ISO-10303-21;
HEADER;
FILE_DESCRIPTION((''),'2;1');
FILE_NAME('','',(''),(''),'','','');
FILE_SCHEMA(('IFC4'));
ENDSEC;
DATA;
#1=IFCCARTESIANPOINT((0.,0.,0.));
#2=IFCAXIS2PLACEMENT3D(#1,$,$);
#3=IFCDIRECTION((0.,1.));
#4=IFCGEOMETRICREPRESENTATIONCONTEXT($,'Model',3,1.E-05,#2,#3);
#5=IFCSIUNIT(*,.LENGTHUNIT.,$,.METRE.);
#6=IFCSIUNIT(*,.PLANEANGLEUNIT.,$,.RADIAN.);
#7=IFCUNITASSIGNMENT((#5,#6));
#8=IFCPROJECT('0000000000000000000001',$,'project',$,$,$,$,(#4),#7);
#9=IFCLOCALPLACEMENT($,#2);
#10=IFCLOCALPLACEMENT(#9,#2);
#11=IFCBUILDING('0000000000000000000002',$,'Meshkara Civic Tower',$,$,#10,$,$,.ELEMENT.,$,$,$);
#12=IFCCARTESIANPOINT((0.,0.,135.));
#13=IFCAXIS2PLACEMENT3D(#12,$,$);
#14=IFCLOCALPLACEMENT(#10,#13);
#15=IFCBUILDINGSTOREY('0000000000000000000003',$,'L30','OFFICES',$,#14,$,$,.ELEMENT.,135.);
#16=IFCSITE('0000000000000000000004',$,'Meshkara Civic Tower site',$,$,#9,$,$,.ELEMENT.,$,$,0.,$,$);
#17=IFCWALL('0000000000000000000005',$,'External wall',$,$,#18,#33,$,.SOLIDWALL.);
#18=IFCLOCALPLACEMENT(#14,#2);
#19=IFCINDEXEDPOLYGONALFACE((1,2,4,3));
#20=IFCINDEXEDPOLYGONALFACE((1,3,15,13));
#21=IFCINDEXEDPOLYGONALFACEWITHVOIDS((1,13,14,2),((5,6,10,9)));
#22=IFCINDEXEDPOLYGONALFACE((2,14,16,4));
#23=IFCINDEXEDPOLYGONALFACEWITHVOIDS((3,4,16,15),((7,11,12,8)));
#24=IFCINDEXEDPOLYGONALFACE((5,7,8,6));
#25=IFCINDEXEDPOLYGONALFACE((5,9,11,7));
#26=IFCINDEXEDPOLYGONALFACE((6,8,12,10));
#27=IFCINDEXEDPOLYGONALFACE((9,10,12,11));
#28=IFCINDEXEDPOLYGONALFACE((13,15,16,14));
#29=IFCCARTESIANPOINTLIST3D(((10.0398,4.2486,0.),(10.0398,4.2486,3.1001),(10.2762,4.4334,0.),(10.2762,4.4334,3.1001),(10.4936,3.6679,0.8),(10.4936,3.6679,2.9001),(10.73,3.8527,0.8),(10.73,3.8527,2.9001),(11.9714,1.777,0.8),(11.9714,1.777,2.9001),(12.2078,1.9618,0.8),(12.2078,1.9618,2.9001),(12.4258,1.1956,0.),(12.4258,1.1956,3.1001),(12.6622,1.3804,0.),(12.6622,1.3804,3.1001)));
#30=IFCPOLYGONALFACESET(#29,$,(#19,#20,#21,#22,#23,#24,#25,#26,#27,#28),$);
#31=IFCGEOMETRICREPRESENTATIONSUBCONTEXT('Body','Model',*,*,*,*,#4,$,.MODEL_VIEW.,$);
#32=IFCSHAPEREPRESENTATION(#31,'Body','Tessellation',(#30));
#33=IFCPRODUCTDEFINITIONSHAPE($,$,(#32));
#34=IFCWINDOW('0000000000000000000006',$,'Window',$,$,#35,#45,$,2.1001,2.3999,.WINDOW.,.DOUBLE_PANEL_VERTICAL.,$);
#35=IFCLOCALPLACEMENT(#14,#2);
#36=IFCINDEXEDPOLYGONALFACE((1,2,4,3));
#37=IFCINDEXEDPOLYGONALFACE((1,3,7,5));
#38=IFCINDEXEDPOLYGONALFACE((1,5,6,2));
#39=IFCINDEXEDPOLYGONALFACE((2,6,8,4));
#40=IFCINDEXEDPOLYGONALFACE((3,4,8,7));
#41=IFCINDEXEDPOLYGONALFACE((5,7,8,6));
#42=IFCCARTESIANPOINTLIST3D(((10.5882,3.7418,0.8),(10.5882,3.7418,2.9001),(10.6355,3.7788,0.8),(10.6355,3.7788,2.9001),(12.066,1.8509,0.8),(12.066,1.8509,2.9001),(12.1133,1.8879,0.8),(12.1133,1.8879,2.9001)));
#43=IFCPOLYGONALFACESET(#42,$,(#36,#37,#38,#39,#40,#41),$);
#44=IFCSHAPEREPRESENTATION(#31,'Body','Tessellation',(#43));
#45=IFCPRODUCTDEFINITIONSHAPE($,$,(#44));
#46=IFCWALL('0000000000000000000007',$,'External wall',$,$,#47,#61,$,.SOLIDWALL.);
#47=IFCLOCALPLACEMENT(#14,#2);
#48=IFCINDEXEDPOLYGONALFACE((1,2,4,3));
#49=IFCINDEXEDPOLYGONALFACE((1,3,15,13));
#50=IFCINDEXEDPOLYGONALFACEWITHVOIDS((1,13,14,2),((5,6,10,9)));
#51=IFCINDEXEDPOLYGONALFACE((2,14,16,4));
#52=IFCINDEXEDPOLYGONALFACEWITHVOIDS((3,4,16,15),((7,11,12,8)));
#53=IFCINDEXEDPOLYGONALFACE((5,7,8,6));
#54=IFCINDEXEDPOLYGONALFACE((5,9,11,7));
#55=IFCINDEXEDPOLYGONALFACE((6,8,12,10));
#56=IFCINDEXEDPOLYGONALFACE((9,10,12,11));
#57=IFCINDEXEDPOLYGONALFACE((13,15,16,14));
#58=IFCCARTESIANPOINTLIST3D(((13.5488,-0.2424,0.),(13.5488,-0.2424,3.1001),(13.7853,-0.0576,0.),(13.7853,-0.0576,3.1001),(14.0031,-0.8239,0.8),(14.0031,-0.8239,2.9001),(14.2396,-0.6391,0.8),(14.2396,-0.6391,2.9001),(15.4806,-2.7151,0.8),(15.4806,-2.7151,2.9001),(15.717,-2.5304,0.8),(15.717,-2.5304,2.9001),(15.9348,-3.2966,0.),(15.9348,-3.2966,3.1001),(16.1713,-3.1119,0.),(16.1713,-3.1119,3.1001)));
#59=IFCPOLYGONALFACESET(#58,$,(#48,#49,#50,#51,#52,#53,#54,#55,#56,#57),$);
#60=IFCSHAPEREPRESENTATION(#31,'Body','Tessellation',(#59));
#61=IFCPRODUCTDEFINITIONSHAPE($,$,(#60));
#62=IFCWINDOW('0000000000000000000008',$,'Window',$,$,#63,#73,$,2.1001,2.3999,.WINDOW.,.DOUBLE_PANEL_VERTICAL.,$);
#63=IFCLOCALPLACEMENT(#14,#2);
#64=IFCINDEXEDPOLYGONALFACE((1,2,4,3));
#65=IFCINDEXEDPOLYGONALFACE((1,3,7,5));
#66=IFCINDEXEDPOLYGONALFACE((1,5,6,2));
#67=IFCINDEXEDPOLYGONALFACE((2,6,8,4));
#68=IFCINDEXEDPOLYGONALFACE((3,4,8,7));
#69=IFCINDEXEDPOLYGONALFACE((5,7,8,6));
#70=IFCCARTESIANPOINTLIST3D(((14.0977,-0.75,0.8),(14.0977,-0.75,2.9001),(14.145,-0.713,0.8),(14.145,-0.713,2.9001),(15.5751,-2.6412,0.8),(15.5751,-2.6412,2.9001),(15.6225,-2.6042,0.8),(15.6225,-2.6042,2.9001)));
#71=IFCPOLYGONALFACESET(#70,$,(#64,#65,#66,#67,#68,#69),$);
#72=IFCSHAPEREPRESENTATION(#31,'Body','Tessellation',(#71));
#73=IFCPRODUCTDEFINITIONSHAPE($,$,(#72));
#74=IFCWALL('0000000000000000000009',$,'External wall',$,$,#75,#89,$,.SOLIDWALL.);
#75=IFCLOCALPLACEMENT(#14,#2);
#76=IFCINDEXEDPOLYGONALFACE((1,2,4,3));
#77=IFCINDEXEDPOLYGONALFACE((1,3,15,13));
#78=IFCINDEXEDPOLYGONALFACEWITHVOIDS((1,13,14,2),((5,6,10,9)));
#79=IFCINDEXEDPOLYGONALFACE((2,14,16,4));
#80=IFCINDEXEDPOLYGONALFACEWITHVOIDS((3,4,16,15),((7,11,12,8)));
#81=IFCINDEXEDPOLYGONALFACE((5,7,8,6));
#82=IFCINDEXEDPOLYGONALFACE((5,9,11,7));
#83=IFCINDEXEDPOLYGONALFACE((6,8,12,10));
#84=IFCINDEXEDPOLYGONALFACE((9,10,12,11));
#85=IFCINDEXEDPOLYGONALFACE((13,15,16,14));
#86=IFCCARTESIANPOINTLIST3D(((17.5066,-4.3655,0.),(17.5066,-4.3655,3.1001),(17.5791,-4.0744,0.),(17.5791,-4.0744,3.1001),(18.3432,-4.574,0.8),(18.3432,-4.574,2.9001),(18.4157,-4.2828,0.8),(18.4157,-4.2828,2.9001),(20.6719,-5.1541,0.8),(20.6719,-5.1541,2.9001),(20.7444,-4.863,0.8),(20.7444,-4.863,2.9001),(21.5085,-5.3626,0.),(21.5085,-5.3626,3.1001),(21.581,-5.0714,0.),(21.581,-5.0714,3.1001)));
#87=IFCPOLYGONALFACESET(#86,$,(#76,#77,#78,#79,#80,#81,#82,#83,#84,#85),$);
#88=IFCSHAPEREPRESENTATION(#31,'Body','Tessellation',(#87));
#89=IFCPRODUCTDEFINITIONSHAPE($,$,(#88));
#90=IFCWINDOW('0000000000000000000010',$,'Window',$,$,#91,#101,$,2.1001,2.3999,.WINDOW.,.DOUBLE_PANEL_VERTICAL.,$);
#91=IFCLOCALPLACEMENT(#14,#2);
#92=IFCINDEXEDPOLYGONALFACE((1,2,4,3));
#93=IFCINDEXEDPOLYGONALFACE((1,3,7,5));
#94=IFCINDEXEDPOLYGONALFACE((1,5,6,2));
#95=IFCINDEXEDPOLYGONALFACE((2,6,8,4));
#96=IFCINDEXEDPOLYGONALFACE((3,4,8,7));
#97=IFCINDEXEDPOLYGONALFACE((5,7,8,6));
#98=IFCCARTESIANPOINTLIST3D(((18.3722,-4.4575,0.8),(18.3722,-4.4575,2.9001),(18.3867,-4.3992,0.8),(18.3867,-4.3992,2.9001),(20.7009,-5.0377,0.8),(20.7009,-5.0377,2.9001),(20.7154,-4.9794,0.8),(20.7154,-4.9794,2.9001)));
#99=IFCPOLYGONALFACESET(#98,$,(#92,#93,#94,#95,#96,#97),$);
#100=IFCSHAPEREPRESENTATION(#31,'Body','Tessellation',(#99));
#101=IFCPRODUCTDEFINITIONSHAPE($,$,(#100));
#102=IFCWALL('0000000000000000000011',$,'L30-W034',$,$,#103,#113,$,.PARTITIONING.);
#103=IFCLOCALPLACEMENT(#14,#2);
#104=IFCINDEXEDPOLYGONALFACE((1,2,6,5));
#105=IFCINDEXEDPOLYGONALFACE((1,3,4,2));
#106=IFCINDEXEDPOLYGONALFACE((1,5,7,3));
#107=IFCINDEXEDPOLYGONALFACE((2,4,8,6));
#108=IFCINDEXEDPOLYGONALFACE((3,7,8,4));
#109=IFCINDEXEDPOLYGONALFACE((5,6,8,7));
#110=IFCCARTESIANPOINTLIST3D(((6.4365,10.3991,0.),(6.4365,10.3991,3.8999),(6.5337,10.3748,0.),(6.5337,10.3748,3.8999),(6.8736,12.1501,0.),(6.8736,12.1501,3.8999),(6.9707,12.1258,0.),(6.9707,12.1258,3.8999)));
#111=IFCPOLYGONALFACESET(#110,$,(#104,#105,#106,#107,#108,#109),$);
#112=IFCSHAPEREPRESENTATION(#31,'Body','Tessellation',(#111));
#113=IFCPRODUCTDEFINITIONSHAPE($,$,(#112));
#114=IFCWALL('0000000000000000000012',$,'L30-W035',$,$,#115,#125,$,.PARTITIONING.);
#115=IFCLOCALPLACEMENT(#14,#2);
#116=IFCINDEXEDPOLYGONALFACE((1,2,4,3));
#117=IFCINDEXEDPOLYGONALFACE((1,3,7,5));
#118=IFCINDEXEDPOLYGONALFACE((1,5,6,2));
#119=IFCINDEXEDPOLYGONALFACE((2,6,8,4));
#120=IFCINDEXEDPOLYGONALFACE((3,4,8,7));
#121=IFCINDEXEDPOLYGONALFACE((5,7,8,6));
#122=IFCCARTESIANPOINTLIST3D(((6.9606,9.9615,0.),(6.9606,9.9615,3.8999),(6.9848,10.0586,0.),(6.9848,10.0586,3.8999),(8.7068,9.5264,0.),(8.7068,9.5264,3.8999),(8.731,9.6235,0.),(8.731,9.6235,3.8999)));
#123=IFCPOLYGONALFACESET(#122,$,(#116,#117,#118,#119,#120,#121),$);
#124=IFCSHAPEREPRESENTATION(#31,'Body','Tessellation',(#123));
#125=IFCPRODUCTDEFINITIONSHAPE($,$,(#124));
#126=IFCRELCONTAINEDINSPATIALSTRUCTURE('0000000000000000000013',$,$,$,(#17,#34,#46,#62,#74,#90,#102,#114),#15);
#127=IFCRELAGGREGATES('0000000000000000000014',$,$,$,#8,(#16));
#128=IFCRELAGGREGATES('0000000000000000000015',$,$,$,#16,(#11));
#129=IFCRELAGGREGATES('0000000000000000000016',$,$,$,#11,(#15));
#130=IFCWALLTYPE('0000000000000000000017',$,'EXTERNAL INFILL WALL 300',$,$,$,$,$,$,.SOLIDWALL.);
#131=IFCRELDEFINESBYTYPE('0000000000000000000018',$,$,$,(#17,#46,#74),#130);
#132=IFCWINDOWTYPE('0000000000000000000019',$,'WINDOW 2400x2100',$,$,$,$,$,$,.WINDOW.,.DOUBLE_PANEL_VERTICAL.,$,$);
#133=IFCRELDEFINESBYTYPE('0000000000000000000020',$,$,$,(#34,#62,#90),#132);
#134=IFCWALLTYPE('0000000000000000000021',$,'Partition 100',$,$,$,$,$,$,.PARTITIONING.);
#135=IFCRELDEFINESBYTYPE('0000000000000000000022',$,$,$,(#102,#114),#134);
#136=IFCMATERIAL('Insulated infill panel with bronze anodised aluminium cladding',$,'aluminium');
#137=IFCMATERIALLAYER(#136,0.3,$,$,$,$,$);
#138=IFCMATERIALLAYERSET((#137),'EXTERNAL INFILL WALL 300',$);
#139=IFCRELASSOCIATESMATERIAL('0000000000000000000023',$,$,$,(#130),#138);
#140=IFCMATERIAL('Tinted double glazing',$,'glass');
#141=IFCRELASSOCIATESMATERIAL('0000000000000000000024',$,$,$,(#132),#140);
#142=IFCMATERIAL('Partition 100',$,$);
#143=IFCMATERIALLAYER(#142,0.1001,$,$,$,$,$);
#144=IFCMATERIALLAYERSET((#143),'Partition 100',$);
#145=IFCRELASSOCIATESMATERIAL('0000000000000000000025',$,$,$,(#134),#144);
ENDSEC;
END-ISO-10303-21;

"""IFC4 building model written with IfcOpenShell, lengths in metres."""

from ifc_helpers import new_model, si_unit, direction, frame, frame_2d, origin, place, context, subcontext, project, spatial, rectangle, extrude, material, layer, layer_set, type_object, element, fill, save


model = new_model("IFC4")

# Units and contexts
model_context = context("Model", 3, precision=1e-05, world=origin(), true_north=direction((0.0, 1.0)))
body_context = subcontext(model_context, "Body", "Model", "MODEL_VIEW")
ifc_project = project(units=[si_unit("LENGTHUNIT", "METRE"), si_unit("PLANEANGLEUNIT", "RADIAN")], contexts=[model_context])

# Site, building, storey
site_placement = place(None, origin())
site = spatial("IfcSite", under=ifc_project, at=site_placement, Name="Meshkara Civic Tower site", CompositionType="ELEMENT", RefElevation=0.0)
building_placement = place(site_placement, origin())
building = spatial("IfcBuilding", under=site, at=building_placement, Name="Meshkara Civic Tower", CompositionType="ELEMENT")
storey_placement = place(building_placement, frame((0.0, 0.0, 135.0)))
storey = spatial("IfcBuildingStorey", under=building, at=storey_placement, Name="L30", Description="OFFICES", CompositionType="ELEMENT", Elevation=135.0)

# Walls, openings, windows
ifc_material_1 = material(Name="Insulated infill panel with bronze anodised aluminium cladding", Category="aluminium")
ifc_layer_1 = layer(ifc_material_1, 0.3)
ifc_layer_set_1 = layer_set([ifc_layer_1], Name="EXTERNAL INFILL WALL 300")
wall_type_1 = type_object("IfcWallType", Name="EXTERNAL INFILL WALL 300", PredefinedType="SOLIDWALL", material=ifc_layer_set_1)
wall_1_placement = place(storey_placement, frame((10.158, 4.3411, 0.0), z_axis=(0.0, 0.0, 1.0), x_axis=(0.61578, -0.787918, 0.0)))
wall_1 = element("IfcWall", 1, at=wall_1_placement, inside=storey, type_object=wall_type_1, Name="External wall", PredefinedType="SOLIDWALL", context=body_context, shape_type="SweptSolid", body=[
    extrude(rectangle(XDim=3.8748, YDim=0.3, at=frame_2d((1.9375, 0.0))), origin(), (0.0, 0.0, 1.0), 3.1001),
])
opening_1_placement = place(wall_1_placement, frame((0.7371, 0.0, 0.8)))
opening_1 = element("IfcOpeningElement", 2, at=opening_1_placement, cuts=wall_1, PredefinedType="OPENING", context=body_context, shape_type="SweptSolid", body=[
    extrude(rectangle(XDim=2.3999, YDim=2.1001, at=frame_2d((1.2, 1.05))), frame((0.0, 0.1599, 0.0), z_axis=(0.0, -1.0, 0.0), x_axis=(1.0, 0.0, 0.0)), (0.0, 0.0, 1.0), 0.3201),
])
ifc_material_2 = material(Name="Tinted double glazing", Category="glass")
window_type = type_object("IfcWindowType", Name="WINDOW 2400x2100", PartitioningType="DOUBLE_PANEL_VERTICAL", PredefinedType="WINDOW", material=ifc_material_2)
window_1_placement = place(opening_1_placement, origin())
window_1 = element("IfcWindow", 3, at=window_1_placement, inside=storey, type_object=window_type, Name="Window", OverallHeight=2.1001, OverallWidth=2.3999, PartitioningType="DOUBLE_PANEL_VERTICAL", PredefinedType="WINDOW", context=body_context, shape_type="SweptSolid", body=[
    extrude(rectangle(XDim=2.3999, YDim=2.1001, at=frame_2d((1.2, 1.05))), frame((0.0, 0.03, 0.0), z_axis=(0.0, -1.0, 0.0), x_axis=(1.0, 0.0, 0.0)), (0.0, 0.0, 1.0), 0.0601),
])
fill(opening_1, window_1)
wall_2_placement = place(storey_placement, frame((13.667, -0.1499, 0.0), z_axis=(0.0, 0.0, 1.0), x_axis=(0.615627, -0.788038, 0.0)))
wall_2 = element("IfcWall", 4, at=wall_2_placement, inside=storey, type_object=wall_type_1, Name="External wall", PredefinedType="SOLIDWALL", context=body_context, shape_type="SweptSolid", body=[
    extrude(rectangle(XDim=3.8757, YDim=0.3, at=frame_2d((1.938, 0.0))), origin(), (0.0, 0.0, 1.0), 3.1001),
])
opening_2_placement = place(wall_2_placement, frame((0.738, 0.0, 0.8)))
opening_2 = element("IfcOpeningElement", 5, at=opening_2_placement, cuts=wall_2, PredefinedType="OPENING", context=body_context, shape_type="SweptSolid", body=[
    extrude(rectangle(XDim=2.3999, YDim=2.1001, at=frame_2d((1.2, 1.05))), frame((0.0, 0.1599, 0.0), z_axis=(0.0, -1.0, 0.0), x_axis=(1.0, 0.0, 0.0)), (0.0, 0.0, 1.0), 0.3201),
])
window_2_placement = place(opening_2_placement, origin())
window_2 = element("IfcWindow", 6, at=window_2_placement, inside=storey, type_object=window_type, Name="Window", OverallHeight=2.1001, OverallWidth=2.3999, PartitioningType="DOUBLE_PANEL_VERTICAL", PredefinedType="WINDOW", context=body_context, shape_type="SweptSolid", body=[
    extrude(rectangle(XDim=2.3999, YDim=2.1001, at=frame_2d((1.2, 1.05))), frame((0.0, 0.03, 0.0), z_axis=(0.0, -1.0, 0.0), x_axis=(1.0, 0.0, 0.0)), (0.0, 0.0, 1.0), 0.0601),
])
fill(opening_2, window_2)
wall_3_placement = place(storey_placement, frame((17.543, -4.22, 0.0), z_axis=(0.0, 0.0, 1.0), x_axis=(0.970337, -0.241756, 0.0)))
wall_3 = element("IfcWall", 7, at=wall_3_placement, inside=storey, type_object=wall_type_1, Name="External wall", PredefinedType="SOLIDWALL", context=body_context, shape_type="SweptSolid", body=[
    extrude(rectangle(XDim=4.1243, YDim=0.3, at=frame_2d((2.062, 0.0))), origin(), (0.0, 0.0, 1.0), 3.1001),
])
opening_3_placement = place(wall_3_placement, frame((0.8621, 0.0, 0.8)))
opening_3 = element("IfcOpeningElement", 8, at=opening_3_placement, cuts=wall_3, PredefinedType="OPENING", context=body_context, shape_type="SweptSolid", body=[
    extrude(rectangle(XDim=2.3999, YDim=2.1001, at=frame_2d((1.2, 1.05))), frame((0.0, 0.1599, 0.0), z_axis=(0.0, -1.0, 0.0), x_axis=(1.0, 0.0, 0.0)), (0.0, 0.0, 1.0), 0.3201),
])
window_3_placement = place(opening_3_placement, origin())
window_3 = element("IfcWindow", 9, at=window_3_placement, inside=storey, type_object=window_type, Name="Window", OverallHeight=2.1001, OverallWidth=2.3999, PartitioningType="DOUBLE_PANEL_VERTICAL", PredefinedType="WINDOW", context=body_context, shape_type="SweptSolid", body=[
    extrude(rectangle(XDim=2.3999, YDim=2.1001, at=frame_2d((1.2, 1.05))), frame((0.0, 0.03, 0.0), z_axis=(0.0, -1.0, 0.0), x_axis=(1.0, 0.0, 0.0)), (0.0, 0.0, 1.0), 0.0601),
])
fill(opening_3, window_3)

# Walls
ifc_material_3 = material(Name="Partition 100")
ifc_layer_2 = layer(ifc_material_3, 0.1001)
ifc_layer_set_2 = layer_set([ifc_layer_2], Name="Partition 100")
wall_type_2 = type_object("IfcWallType", Name="Partition 100", PredefinedType="PARTITIONING", material=ifc_layer_set_2)
wall_4_placement = place(storey_placement, frame((6.9221, 12.1379, 0.0), z_axis=(0.0, 0.0, 1.0), x_axis=(-0.242154, -0.970238, 0.0)))
element("IfcWall", 10, at=wall_4_placement, inside=storey, type_object=wall_type_2, Name="L30-W034", PredefinedType="PARTITIONING", context=body_context, shape_type="SweptSolid", body=[
    extrude(rectangle(XDim=1.8047, YDim=0.1001, at=frame_2d((0.9023, 0.0))), origin(), (0.0, 0.0, 1.0), 3.8999),
])
wall_5_placement = place(storey_placement, frame((8.719, 9.575, 0.0), z_axis=(0.0, 0.0, 1.0), x_axis=(-0.970334, 0.241769, 0.0)))
element("IfcWall", 11, at=wall_5_placement, inside=storey, type_object=wall_type_2, Name="L30-W035", PredefinedType="PARTITIONING", context=body_context, shape_type="SweptSolid", body=[
    extrude(rectangle(XDim=1.7996, YDim=0.1001, at=frame_2d((0.8999, 0.0))), origin(), (0.0, 0.0, 1.0), 3.8999),
])

save(model, "model.ifc")
